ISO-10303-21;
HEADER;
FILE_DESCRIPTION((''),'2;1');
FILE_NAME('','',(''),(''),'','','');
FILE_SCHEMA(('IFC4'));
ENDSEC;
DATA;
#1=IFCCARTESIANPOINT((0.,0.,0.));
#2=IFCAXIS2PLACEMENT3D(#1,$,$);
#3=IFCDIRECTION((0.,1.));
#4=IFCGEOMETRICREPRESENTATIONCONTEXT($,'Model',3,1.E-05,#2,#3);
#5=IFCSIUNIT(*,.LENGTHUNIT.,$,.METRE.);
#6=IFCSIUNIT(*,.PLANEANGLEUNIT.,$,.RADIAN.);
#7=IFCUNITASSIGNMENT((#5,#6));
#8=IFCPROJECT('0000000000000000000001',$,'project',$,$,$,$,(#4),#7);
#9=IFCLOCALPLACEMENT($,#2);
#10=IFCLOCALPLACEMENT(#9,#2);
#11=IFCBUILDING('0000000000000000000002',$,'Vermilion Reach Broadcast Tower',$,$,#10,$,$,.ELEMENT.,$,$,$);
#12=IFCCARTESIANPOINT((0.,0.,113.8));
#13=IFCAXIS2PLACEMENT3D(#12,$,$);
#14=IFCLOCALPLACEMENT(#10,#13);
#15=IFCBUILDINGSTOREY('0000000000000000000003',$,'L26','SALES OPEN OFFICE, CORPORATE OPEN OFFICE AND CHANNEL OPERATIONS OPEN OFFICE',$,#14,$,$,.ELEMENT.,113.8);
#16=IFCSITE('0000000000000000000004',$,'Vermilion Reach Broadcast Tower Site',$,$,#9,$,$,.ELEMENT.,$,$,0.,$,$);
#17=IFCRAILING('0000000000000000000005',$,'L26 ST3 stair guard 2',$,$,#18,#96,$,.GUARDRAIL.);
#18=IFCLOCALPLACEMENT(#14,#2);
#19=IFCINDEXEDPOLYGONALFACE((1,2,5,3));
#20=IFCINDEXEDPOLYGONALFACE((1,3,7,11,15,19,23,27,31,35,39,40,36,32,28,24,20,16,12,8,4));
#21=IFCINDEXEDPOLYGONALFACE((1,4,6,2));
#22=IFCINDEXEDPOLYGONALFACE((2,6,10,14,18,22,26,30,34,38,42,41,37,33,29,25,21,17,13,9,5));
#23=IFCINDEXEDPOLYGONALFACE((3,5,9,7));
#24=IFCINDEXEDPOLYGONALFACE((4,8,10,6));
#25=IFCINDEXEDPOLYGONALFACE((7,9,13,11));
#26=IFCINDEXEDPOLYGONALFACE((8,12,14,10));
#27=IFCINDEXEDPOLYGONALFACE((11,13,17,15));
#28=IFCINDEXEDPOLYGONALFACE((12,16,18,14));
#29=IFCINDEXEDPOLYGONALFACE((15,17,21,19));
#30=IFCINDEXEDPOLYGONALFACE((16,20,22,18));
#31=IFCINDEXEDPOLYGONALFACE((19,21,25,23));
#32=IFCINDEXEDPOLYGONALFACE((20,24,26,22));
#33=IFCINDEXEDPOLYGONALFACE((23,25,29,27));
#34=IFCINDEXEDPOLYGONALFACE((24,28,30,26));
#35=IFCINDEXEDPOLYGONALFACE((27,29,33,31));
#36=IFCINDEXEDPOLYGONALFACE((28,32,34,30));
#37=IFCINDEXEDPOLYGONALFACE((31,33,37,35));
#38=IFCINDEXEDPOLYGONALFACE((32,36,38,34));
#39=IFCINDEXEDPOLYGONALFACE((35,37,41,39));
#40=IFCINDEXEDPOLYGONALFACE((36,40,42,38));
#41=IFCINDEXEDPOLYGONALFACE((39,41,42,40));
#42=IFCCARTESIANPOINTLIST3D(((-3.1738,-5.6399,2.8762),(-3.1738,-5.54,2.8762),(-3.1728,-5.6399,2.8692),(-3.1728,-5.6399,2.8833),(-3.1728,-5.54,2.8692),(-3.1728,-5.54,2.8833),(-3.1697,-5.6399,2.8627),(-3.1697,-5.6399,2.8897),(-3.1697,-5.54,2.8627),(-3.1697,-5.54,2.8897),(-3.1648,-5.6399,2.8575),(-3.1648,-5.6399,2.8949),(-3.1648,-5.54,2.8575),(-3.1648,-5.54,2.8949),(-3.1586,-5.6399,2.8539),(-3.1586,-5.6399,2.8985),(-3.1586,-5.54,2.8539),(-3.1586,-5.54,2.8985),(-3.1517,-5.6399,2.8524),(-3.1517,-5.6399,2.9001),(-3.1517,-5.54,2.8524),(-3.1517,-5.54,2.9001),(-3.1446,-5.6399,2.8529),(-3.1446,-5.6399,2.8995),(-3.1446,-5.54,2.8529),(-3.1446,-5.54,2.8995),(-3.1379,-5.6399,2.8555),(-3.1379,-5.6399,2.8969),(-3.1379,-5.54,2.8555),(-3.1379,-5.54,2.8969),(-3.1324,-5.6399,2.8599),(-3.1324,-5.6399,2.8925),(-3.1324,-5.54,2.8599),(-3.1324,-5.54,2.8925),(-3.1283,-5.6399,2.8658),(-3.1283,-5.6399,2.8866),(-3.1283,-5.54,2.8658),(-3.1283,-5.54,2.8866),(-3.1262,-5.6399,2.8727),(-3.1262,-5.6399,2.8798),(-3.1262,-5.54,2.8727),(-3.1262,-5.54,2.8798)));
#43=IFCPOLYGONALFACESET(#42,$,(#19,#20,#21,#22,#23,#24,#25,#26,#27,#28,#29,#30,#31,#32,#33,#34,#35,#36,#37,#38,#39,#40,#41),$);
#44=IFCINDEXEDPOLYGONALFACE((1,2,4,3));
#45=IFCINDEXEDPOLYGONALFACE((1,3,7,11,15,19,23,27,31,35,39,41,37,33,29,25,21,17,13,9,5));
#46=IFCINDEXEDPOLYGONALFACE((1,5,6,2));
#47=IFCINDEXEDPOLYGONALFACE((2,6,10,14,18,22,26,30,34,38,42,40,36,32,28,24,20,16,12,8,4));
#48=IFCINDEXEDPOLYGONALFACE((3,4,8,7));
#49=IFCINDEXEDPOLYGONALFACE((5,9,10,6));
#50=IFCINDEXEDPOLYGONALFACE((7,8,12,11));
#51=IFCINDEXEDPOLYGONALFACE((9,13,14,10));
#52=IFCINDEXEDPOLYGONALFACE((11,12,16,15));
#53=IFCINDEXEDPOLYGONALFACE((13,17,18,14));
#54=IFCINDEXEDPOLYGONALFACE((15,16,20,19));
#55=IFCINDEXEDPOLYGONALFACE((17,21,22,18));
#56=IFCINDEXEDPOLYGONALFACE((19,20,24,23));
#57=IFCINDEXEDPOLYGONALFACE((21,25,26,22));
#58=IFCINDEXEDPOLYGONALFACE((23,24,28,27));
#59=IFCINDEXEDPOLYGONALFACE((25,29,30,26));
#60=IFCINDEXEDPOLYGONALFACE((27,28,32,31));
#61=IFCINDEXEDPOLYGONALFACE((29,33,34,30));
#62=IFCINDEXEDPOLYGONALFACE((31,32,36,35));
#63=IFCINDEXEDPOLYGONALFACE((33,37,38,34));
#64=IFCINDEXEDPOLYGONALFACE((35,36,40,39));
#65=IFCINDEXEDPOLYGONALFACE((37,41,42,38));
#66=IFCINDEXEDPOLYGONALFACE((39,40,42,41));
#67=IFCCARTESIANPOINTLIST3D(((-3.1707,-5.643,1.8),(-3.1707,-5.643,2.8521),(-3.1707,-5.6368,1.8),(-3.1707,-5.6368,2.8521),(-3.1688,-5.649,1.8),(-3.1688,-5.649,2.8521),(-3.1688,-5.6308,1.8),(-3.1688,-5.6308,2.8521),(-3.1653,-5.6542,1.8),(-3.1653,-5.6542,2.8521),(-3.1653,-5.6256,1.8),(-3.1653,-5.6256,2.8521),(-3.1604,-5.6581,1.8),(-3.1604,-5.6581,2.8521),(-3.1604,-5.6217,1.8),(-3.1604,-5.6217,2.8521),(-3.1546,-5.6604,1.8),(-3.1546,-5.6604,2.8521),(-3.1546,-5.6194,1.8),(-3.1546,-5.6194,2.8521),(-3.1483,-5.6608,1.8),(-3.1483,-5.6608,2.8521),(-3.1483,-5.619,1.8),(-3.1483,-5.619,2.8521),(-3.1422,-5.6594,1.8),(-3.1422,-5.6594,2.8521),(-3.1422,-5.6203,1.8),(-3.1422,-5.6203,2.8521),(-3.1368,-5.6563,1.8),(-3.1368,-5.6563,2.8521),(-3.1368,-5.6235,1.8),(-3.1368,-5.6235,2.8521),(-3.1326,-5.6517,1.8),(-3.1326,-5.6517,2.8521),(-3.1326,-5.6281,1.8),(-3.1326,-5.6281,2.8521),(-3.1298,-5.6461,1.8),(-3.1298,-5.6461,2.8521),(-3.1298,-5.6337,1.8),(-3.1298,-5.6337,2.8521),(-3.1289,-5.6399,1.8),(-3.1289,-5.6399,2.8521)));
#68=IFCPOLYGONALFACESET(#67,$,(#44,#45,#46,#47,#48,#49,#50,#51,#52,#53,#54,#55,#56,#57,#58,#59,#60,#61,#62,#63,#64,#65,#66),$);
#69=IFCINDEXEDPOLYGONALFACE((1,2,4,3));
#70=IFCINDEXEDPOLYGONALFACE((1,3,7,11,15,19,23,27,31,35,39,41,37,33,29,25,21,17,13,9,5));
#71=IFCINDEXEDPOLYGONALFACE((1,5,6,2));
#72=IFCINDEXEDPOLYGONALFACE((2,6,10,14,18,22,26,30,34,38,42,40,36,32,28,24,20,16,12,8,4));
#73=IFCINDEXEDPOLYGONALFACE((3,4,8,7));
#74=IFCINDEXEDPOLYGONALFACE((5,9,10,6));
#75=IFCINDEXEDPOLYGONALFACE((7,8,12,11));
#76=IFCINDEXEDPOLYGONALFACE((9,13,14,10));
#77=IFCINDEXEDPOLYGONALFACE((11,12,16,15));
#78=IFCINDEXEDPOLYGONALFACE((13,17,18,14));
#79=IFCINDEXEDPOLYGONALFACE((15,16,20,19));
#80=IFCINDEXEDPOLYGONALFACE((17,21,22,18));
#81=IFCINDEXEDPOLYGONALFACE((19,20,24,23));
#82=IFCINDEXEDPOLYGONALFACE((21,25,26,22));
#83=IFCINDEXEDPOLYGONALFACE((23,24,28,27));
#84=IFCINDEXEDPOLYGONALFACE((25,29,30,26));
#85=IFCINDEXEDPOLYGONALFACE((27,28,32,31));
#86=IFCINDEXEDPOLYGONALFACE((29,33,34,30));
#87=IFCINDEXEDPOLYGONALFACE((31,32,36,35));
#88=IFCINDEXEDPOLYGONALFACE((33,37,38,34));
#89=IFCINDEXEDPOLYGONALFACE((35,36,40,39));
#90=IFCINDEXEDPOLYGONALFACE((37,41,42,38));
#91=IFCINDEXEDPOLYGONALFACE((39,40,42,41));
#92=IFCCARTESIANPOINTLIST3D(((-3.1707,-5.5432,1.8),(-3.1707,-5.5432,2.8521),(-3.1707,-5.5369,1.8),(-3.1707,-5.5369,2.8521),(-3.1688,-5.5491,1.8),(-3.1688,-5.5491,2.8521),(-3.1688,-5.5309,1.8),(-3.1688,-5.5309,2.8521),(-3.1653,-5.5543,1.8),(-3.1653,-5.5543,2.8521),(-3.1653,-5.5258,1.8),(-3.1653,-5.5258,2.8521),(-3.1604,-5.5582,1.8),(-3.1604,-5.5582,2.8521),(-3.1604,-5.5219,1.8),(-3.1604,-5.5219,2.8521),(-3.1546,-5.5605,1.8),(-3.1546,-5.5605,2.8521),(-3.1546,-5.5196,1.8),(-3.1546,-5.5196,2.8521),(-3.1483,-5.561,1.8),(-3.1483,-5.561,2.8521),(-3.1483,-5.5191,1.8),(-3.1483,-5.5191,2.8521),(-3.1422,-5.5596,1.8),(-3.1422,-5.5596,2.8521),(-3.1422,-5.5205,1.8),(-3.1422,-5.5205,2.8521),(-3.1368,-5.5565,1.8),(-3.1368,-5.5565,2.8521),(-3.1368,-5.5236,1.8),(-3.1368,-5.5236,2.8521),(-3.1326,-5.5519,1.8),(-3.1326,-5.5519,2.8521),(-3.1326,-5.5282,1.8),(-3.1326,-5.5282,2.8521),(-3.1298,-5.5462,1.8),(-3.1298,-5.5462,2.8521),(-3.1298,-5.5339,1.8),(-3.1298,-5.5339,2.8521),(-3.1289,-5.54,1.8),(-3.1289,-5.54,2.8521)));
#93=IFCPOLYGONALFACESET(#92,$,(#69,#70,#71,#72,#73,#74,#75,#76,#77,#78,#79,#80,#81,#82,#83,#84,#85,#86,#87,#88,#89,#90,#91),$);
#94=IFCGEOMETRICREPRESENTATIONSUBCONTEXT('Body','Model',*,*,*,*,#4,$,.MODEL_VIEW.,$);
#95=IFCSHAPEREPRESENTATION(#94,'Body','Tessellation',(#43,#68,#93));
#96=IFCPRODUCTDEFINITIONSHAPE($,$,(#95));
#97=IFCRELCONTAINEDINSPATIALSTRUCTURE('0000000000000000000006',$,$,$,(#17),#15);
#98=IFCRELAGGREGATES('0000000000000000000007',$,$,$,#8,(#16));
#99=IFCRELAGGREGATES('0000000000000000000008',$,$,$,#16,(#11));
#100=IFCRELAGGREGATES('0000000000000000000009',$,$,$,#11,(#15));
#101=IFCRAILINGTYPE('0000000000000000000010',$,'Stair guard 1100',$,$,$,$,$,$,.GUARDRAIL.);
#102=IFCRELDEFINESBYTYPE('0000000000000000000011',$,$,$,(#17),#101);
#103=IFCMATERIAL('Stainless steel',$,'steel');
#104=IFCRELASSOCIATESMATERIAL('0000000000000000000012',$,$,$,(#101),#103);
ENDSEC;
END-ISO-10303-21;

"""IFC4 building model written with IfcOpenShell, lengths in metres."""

from ifc_helpers import new_model, si_unit, direction, frame, origin, origin_2d, place, context, subcontext, project, spatial, circle, extrude, material, type_object, element, save


model = new_model("IFC4")

# Units and contexts
model_context = context("Model", 3, precision=1e-05, world=origin(), true_north=direction((0.0, 1.0)))
body_context = subcontext(model_context, "Body", "Model", "MODEL_VIEW")
ifc_project = project(units=[si_unit("LENGTHUNIT", "METRE"), si_unit("PLANEANGLEUNIT", "RADIAN")], contexts=[model_context])

# Site, building, storey
site_placement = place(None, origin())
site = spatial("IfcSite", under=ifc_project, at=site_placement, Name="Vermilion Reach Broadcast Tower Site", CompositionType="ELEMENT", RefElevation=0.0)
building_placement = place(site_placement, origin())
building = spatial("IfcBuilding", under=site, at=building_placement, Name="Vermilion Reach Broadcast Tower", CompositionType="ELEMENT")
storey_placement = place(building_placement, frame((0.0, 0.0, 113.8)))
storey = spatial("IfcBuildingStorey", under=building, at=storey_placement, Name="L26", Description="SALES OPEN OFFICE, CORPORATE OPEN OFFICE AND CHANNEL OPERATIONS OPEN OFFICE", CompositionType="ELEMENT", Elevation=113.8)

# Railing
ifc_material_1 = material(Name="Stainless steel", Category="steel")
railing_type_1 = type_object("IfcRailingType", Name="Stair guard 1100", PredefinedType="GUARDRAIL", material=ifc_material_1)
railing_1_placement = place(storey_placement, frame((-3.1499, -5.6399, 1.8)))
element("IfcRailing", 1, at=railing_1_placement, inside=storey, type_object=railing_type_1, Name="L26 ST3 stair guard 2", PredefinedType="GUARDRAIL", context=body_context, shape_type="SweptSolid", body=[
    extrude(circle(Radius=0.0239, at=origin_2d()), frame((0.0, 0.0, 1.0762), z_axis=(0.0, 1.0, 0.0), x_axis=(-1.0, 0.0, 0.0)), (0.0, 0.0, 1.0), 0.0999),
    extrude(circle(Radius=0.021, at=origin_2d()), origin(), (0.0, 0.0, 1.0), 1.052),
    extrude(circle(Radius=0.021, at=origin_2d()), frame((0.0, 0.0999, 0.0)), (0.0, 0.0, 1.0), 1.052),
])

save(model, "model.ifc")
